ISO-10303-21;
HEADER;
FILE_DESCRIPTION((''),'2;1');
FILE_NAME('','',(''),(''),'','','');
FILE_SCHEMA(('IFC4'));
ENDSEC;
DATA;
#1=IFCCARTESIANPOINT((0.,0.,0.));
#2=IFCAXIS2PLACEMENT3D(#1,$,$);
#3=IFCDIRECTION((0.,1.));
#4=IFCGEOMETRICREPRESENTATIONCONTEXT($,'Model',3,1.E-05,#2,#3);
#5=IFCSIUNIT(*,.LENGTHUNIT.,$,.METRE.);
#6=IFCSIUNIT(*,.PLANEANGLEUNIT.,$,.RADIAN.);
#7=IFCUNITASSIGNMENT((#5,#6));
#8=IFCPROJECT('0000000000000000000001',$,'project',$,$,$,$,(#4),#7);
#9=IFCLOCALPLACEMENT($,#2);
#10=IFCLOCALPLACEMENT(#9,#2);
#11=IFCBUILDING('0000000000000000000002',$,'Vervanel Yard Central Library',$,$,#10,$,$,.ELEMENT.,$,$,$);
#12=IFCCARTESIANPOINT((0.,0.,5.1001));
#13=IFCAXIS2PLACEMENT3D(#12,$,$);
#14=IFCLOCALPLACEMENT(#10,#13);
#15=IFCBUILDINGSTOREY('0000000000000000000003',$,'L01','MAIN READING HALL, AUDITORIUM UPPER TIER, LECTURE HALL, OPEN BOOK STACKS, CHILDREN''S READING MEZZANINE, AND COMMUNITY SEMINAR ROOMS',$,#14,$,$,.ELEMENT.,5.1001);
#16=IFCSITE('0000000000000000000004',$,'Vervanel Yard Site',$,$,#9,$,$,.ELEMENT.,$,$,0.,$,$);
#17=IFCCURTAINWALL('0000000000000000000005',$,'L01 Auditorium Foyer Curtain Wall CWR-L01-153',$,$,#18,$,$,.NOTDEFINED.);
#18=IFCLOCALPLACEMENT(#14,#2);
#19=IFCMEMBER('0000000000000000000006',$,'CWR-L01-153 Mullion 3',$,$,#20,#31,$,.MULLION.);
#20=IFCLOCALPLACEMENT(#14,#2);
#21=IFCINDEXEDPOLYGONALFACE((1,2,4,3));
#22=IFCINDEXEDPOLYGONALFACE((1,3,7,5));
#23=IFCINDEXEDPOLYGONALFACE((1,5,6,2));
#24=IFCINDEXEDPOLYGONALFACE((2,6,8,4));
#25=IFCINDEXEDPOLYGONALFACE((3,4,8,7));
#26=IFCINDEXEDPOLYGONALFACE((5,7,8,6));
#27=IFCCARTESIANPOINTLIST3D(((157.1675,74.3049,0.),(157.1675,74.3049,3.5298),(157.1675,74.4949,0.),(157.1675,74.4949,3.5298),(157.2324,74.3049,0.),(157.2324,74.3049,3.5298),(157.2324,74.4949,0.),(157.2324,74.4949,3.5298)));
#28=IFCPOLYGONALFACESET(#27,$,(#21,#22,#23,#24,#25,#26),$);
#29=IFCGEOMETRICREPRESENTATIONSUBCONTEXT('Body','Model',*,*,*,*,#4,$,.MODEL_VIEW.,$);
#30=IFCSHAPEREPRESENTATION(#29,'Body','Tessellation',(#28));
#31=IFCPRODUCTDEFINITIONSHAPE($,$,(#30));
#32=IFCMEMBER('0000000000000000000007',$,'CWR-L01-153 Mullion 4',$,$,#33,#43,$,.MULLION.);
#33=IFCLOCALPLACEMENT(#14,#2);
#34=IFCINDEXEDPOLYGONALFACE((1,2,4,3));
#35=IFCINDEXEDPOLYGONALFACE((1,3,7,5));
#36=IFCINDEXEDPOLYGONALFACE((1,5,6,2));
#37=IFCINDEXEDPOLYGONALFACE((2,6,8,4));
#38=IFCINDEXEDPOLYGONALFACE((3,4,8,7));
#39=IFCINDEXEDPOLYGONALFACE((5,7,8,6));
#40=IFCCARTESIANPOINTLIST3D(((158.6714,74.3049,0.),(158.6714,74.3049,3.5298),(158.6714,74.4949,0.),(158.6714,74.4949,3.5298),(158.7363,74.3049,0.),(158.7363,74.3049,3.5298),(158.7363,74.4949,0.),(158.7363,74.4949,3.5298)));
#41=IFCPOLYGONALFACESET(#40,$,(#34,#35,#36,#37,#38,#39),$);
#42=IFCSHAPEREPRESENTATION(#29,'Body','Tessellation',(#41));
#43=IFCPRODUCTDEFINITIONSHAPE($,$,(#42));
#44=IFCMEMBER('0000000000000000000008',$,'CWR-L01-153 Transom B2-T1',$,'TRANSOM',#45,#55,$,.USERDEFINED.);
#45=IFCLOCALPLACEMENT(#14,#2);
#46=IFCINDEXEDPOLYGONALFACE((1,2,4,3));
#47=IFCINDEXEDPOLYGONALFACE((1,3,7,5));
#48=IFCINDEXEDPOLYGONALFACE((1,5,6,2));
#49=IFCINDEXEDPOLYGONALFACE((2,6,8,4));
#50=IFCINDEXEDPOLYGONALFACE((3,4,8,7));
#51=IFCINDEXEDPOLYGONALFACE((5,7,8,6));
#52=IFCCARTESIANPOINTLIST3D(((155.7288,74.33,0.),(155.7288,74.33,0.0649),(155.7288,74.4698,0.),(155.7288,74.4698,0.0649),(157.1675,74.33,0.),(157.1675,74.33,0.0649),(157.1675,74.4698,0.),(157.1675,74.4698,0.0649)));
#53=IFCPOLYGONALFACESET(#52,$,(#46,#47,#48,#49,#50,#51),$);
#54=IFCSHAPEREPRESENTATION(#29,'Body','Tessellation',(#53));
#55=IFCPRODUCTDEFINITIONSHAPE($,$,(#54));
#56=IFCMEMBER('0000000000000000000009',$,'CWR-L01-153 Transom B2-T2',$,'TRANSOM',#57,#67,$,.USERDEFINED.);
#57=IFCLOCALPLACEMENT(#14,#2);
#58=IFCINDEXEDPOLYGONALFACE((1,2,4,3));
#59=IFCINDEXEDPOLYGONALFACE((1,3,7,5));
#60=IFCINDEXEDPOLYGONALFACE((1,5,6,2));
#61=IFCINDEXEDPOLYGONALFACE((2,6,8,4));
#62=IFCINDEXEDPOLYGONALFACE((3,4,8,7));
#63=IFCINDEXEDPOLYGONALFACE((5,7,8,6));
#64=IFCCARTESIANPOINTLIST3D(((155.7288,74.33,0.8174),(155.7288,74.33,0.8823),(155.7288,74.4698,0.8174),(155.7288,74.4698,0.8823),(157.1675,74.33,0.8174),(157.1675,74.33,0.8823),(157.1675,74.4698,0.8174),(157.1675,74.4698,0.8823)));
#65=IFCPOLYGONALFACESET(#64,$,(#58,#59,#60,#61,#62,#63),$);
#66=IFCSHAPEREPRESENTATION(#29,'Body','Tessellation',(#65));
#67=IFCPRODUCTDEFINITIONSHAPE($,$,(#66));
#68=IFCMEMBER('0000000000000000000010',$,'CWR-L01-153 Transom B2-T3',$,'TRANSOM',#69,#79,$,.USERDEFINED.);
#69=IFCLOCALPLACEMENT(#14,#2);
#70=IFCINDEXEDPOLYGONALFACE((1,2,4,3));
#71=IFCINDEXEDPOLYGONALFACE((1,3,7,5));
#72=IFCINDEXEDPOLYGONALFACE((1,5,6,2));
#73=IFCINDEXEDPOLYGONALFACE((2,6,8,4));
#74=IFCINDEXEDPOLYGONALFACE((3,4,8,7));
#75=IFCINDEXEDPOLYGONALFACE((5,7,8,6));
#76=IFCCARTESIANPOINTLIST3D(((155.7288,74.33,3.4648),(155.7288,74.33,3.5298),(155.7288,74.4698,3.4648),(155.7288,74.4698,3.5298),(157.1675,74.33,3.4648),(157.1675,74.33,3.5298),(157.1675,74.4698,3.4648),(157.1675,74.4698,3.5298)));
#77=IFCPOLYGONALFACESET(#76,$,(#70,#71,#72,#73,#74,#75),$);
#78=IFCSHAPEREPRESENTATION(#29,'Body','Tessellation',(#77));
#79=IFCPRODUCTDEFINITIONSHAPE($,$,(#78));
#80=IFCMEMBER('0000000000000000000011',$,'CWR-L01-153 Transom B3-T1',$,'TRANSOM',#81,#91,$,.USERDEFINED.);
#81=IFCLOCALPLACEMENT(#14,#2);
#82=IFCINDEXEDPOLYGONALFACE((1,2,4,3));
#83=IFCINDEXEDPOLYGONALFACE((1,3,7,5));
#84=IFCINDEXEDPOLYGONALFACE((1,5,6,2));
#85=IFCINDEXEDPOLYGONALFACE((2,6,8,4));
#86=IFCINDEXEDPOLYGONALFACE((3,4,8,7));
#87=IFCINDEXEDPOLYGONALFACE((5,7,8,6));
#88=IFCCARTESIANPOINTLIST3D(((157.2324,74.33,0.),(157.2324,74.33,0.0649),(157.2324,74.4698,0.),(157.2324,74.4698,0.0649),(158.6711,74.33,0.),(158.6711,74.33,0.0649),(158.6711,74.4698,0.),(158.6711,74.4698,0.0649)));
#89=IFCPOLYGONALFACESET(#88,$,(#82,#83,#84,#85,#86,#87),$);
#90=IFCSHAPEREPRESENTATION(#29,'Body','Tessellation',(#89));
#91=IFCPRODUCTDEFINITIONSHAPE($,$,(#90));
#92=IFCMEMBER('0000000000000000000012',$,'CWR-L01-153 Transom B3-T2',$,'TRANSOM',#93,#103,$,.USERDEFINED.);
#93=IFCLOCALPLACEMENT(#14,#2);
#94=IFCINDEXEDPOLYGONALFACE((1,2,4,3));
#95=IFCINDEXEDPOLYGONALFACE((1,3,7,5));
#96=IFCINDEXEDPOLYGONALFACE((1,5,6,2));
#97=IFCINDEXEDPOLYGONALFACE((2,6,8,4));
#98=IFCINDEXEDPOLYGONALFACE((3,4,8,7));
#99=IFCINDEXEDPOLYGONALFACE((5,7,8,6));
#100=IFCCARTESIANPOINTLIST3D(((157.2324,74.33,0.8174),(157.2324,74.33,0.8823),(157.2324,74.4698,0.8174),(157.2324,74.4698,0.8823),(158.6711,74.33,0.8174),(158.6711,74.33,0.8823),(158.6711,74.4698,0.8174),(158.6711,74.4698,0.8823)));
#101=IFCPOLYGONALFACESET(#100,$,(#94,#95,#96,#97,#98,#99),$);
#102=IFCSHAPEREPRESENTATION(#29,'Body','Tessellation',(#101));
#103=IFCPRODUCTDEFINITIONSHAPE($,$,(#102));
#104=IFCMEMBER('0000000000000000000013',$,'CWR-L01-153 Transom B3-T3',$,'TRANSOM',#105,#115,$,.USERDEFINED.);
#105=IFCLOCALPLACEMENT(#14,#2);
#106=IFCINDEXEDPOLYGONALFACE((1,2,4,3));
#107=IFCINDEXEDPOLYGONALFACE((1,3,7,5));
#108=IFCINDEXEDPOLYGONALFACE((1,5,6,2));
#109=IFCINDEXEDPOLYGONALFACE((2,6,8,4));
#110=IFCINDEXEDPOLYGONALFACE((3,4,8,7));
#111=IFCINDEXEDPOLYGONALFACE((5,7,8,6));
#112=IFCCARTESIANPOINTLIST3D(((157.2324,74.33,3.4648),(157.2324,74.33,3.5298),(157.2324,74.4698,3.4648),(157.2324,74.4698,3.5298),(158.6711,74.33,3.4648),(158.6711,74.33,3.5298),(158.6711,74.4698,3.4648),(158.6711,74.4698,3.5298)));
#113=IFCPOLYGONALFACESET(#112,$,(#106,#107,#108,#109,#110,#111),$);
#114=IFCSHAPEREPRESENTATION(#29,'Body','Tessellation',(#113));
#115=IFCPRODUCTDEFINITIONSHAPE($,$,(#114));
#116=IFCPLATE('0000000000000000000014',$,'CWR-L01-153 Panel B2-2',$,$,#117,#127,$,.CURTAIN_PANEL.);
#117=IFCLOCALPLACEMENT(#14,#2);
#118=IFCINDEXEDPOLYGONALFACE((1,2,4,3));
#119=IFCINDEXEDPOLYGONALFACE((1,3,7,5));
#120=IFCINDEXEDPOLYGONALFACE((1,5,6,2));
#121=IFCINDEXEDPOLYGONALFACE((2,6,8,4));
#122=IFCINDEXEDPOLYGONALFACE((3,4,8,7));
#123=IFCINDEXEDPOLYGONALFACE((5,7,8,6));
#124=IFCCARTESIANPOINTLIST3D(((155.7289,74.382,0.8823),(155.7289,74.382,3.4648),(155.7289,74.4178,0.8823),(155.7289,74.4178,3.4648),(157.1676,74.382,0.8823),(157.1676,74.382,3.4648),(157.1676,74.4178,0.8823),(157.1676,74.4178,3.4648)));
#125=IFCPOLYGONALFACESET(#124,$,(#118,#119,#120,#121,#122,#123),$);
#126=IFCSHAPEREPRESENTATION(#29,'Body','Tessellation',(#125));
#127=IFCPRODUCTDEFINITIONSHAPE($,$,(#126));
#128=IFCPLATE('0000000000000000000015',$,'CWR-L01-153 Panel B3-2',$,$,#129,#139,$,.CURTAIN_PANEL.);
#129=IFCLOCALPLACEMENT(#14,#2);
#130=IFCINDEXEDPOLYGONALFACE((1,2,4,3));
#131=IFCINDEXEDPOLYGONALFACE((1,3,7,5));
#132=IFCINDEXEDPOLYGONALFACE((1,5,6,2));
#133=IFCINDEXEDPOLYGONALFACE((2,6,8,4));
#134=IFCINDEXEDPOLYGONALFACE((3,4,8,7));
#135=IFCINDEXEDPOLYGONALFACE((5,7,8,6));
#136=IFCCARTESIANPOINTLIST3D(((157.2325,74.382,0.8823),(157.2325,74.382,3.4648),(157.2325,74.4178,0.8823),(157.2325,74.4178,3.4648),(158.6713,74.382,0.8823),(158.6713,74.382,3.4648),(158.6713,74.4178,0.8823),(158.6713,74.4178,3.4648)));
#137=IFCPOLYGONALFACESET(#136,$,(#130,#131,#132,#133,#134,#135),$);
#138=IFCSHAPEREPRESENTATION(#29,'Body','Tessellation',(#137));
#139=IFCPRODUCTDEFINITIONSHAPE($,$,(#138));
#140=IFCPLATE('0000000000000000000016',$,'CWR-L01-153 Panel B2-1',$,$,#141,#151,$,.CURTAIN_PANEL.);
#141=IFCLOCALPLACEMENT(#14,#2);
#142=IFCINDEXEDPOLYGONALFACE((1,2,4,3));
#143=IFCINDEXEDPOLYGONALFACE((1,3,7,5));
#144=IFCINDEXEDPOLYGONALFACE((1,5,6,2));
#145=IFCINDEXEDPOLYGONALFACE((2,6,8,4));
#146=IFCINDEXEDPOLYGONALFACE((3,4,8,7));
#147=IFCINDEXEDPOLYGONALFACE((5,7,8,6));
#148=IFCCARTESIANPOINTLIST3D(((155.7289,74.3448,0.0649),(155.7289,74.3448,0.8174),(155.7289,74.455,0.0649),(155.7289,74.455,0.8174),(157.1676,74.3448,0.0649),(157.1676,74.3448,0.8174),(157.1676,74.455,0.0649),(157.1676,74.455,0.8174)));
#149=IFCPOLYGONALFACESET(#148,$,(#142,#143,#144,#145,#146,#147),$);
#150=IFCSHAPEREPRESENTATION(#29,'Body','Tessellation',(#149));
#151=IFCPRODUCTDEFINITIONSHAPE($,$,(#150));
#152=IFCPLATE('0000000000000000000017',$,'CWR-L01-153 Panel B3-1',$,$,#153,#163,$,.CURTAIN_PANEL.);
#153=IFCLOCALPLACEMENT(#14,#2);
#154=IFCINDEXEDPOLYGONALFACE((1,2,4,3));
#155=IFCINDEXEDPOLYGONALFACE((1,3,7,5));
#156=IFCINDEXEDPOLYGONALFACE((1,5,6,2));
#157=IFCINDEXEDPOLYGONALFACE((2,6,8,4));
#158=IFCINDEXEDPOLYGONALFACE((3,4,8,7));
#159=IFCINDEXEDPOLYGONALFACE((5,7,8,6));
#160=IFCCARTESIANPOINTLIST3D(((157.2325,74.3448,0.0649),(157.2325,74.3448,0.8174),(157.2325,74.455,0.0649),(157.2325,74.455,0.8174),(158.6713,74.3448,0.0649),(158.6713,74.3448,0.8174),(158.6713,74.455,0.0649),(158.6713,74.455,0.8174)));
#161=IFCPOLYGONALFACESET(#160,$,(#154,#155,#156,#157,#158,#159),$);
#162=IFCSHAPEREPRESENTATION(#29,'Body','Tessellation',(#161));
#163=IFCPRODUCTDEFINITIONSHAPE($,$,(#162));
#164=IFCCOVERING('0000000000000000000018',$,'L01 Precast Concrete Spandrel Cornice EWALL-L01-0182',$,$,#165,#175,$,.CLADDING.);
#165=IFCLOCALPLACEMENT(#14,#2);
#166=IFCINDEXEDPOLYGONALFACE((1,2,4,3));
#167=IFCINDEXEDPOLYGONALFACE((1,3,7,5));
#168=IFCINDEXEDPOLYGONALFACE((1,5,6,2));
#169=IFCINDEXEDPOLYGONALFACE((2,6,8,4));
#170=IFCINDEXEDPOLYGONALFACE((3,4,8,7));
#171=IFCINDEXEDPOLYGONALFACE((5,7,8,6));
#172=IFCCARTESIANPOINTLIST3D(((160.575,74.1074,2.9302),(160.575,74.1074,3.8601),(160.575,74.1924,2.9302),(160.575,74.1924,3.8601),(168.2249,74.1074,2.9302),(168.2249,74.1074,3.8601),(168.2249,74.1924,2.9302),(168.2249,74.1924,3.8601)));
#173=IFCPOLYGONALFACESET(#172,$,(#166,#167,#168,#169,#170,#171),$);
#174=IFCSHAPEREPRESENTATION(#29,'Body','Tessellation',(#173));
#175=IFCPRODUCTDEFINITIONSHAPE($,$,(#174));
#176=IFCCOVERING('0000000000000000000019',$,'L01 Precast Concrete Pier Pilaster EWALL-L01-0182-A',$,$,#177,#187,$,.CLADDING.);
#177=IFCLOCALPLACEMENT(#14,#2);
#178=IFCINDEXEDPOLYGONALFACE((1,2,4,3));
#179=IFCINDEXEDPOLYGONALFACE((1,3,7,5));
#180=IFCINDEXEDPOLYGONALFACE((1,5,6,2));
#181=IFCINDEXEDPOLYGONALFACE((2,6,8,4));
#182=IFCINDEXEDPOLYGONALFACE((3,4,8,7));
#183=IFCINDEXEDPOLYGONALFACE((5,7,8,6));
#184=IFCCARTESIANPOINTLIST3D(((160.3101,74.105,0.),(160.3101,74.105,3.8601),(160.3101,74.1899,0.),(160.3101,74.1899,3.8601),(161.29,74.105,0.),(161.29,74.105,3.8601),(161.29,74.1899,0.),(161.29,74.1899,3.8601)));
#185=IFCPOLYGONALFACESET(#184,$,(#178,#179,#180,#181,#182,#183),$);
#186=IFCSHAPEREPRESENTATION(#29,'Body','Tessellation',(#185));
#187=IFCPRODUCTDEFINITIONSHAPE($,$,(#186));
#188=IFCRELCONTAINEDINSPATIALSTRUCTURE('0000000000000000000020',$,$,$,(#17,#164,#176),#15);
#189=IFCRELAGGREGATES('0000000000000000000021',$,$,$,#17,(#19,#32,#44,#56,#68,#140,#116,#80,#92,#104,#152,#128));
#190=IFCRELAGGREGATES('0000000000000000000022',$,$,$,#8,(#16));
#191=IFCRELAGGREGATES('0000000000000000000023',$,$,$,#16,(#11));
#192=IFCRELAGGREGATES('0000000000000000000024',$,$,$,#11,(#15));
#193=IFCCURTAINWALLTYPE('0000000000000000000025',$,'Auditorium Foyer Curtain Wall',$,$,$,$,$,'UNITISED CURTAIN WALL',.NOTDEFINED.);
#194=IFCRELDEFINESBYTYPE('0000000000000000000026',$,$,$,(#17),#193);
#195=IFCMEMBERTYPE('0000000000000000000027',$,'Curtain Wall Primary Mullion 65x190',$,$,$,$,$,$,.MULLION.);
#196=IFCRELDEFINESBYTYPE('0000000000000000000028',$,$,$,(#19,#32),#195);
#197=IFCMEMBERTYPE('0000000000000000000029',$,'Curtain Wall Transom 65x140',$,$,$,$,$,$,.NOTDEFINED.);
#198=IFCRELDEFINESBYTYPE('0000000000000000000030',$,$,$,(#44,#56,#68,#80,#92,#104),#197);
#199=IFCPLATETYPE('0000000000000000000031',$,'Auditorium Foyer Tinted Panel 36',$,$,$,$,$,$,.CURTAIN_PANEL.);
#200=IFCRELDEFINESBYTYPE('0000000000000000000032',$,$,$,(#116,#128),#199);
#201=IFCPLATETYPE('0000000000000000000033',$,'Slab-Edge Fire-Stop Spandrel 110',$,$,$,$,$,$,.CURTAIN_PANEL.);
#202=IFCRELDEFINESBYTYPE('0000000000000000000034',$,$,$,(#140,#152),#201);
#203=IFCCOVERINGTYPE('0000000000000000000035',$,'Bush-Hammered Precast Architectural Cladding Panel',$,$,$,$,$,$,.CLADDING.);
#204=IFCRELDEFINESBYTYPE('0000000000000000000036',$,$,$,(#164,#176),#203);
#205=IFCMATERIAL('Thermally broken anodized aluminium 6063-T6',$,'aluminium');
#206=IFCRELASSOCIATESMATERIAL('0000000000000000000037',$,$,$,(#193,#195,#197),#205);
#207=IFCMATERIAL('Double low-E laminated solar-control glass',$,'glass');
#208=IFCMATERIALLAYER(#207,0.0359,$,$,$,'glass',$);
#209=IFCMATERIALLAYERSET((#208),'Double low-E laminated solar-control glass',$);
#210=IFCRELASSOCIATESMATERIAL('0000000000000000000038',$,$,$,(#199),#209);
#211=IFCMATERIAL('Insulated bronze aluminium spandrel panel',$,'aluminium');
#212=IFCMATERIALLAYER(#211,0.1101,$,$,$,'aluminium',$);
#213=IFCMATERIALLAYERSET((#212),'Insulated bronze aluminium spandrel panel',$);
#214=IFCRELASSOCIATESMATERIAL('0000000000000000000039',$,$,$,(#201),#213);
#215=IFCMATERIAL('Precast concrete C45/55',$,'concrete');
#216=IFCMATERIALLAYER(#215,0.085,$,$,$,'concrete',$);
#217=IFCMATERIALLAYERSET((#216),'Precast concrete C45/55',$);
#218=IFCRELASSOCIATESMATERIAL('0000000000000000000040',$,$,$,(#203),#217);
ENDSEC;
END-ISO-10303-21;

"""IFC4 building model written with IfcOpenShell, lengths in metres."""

from ifc_helpers import new_model, si_unit, direction, frame, origin, origin_2d, place, context, subcontext, project, spatial, rectangle, extrude, material, layer, layer_set, material_profile, profile_set, type_object, element, aggregate, save


model = new_model("IFC4")

# Units and contexts
model_context = context("Model", 3, precision=1e-05, world=origin(), true_north=direction((0.0, 1.0)))
body_context = subcontext(model_context, "Body", "Model", "MODEL_VIEW")
ifc_project = project(units=[si_unit("LENGTHUNIT", "METRE"), si_unit("PLANEANGLEUNIT", "RADIAN")], contexts=[model_context])

# Site, building, storey
site_placement = place(None, origin())
site = spatial("IfcSite", under=ifc_project, at=site_placement, Name="Vervanel Yard Site", CompositionType="ELEMENT", RefElevation=0.0)
building_placement = place(site_placement, origin())
building = spatial("IfcBuilding", under=site, at=building_placement, Name="Vervanel Yard Central Library", CompositionType="ELEMENT")
storey_placement = place(building_placement, frame((0.0, 0.0, 5.1001)))
storey = spatial("IfcBuildingStorey", under=building, at=storey_placement, Name="L01", Description="MAIN READING HALL, AUDITORIUM UPPER TIER, LECTURE HALL, OPEN BOOK STACKS, CHILDREN'S READING MEZZANINE, AND COMMUNITY SEMINAR ROOMS", CompositionType="ELEMENT", Elevation=5.1001)

# Curtain wall, members, plates
ifc_material_1 = material(Name="Thermally broken anodized aluminium 6063-T6", Category="aluminium")
curtain_wall_type = type_object("IfcCurtainWallType", Name="Auditorium Foyer Curtain Wall", ElementType="UNITISED CURTAIN WALL", PredefinedType="NOTDEFINED", material=ifc_material_1)
curtain_wall_placement = place(storey_placement, origin())
curtain_wall = element("IfcCurtainWall", 1, at=curtain_wall_placement, inside=storey, type_object=curtain_wall_type, Name="L01 Auditorium Foyer Curtain Wall CWR-L01-153", PredefinedType="NOTDEFINED")
ifc_material_profile_1 = material_profile(ifc_material_1, rectangle(XDim=0.0649, YDim=0.1899, at=origin_2d()), Name="ALU 65x190", Category="aluminium")
ifc_profile_set_1 = profile_set([ifc_material_profile_1], Name="Thermally broken anodized aluminium 6063-T6")
member_type_1 = type_object("IfcMemberType", Name="Curtain Wall Primary Mullion 65x190", PredefinedType="MULLION", material=ifc_profile_set_1)
member_1_placement = place(storey_placement, frame((157.2, 74.3999, 0.0), z_axis=(0.0, 0.0, 1.0), x_axis=(1.0, 0.0, 0.0)))
member_1 = element("IfcMember", 2, at=member_1_placement, type_object=member_type_1, Name="CWR-L01-153 Mullion 3", PredefinedType="MULLION", context=body_context, shape_type="SweptSolid", body=[
    extrude(rectangle(XDim=0.0649, YDim=0.1899, at=origin_2d()), origin(), (0.0, 0.0, 1.0), 3.5298),
])
member_2_placement = place(storey_placement, frame((158.7039, 74.3999, 0.0), z_axis=(0.0, 0.0, 1.0), x_axis=(1.0, 0.0, 0.0)))
member_2 = element("IfcMember", 3, at=member_2_placement, type_object=member_type_1, Name="CWR-L01-153 Mullion 4", PredefinedType="MULLION", context=body_context, shape_type="SweptSolid", body=[
    extrude(rectangle(XDim=0.0649, YDim=0.1899, at=origin_2d()), origin(), (0.0, 0.0, 1.0), 3.5298),
])
ifc_material_profile_2 = material_profile(ifc_material_1, rectangle(XDim=0.0649, YDim=0.1399, at=origin_2d()), Name="ALU 65x140", Category="aluminium")
ifc_profile_set_2 = profile_set([ifc_material_profile_2], Name="Thermally broken anodized aluminium 6063-T6")
member_type_2 = type_object("IfcMemberType", Name="Curtain Wall Transom 65x140", PredefinedType="NOTDEFINED", material=ifc_profile_set_2)
member_3_placement = place(storey_placement, frame((155.7288, 74.3999, 0.0325), z_axis=(1.0, 0.0, 0.0), x_axis=(0.0, 0.0, 1.0)))
member_3 = element("IfcMember", 4, at=member_3_placement, type_object=member_type_2, Name="CWR-L01-153 Transom B2-T1", ObjectType="TRANSOM", PredefinedType="USERDEFINED", context=body_context, shape_type="SweptSolid", body=[
    extrude(rectangle(XDim=0.0649, YDim=0.1399, at=origin_2d()), origin(), (0.0, 0.0, 1.0), 1.4387),
])
member_4_placement = place(storey_placement, frame((155.7288, 74.3999, 0.8499), z_axis=(1.0, 0.0, 0.0), x_axis=(0.0, 0.0, 1.0)))
member_4 = element("IfcMember", 5, at=member_4_placement, type_object=member_type_2, Name="CWR-L01-153 Transom B2-T2", ObjectType="TRANSOM", PredefinedType="USERDEFINED", context=body_context, shape_type="SweptSolid", body=[
    extrude(rectangle(XDim=0.0649, YDim=0.1399, at=origin_2d()), origin(), (0.0, 0.0, 1.0), 1.4387),
])
member_5_placement = place(storey_placement, frame((155.7288, 74.3999, 3.4973), z_axis=(1.0, 0.0, 0.0), x_axis=(0.0, 0.0, 1.0)))
member_5 = element("IfcMember", 6, at=member_5_placement, type_object=member_type_2, Name="CWR-L01-153 Transom B2-T3", ObjectType="TRANSOM", PredefinedType="USERDEFINED", context=body_context, shape_type="SweptSolid", body=[
    extrude(rectangle(XDim=0.0649, YDim=0.1399, at=origin_2d()), origin(), (0.0, 0.0, 1.0), 1.4387),
])
member_6_placement = place(storey_placement, frame((157.2324, 74.3999, 0.0325), z_axis=(1.0, 0.0, 0.0), x_axis=(0.0, 0.0, 1.0)))
member_6 = element("IfcMember", 7, at=member_6_placement, type_object=member_type_2, Name="CWR-L01-153 Transom B3-T1", ObjectType="TRANSOM", PredefinedType="USERDEFINED", context=body_context, shape_type="SweptSolid", body=[
    extrude(rectangle(XDim=0.0649, YDim=0.1399, at=origin_2d()), origin(), (0.0, 0.0, 1.0), 1.4387),
])
member_7_placement = place(storey_placement, frame((157.2324, 74.3999, 0.8499), z_axis=(1.0, 0.0, 0.0), x_axis=(0.0, 0.0, 1.0)))
member_7 = element("IfcMember", 8, at=member_7_placement, type_object=member_type_2, Name="CWR-L01-153 Transom B3-T2", ObjectType="TRANSOM", PredefinedType="USERDEFINED", context=body_context, shape_type="SweptSolid", body=[
    extrude(rectangle(XDim=0.0649, YDim=0.1399, at=origin_2d()), origin(), (0.0, 0.0, 1.0), 1.4387),
])
member_8_placement = place(storey_placement, frame((157.2324, 74.3999, 3.4973), z_axis=(1.0, 0.0, 0.0), x_axis=(0.0, 0.0, 1.0)))
member_8 = element("IfcMember", 9, at=member_8_placement, type_object=member_type_2, Name="CWR-L01-153 Transom B3-T3", ObjectType="TRANSOM", PredefinedType="USERDEFINED", context=body_context, shape_type="SweptSolid", body=[
    extrude(rectangle(XDim=0.0649, YDim=0.1399, at=origin_2d()), origin(), (0.0, 0.0, 1.0), 1.4387),
])
ifc_material_2 = material(Name="Double low-E laminated solar-control glass", Category="glass")
ifc_layer_1 = layer(ifc_material_2, 0.0359, Category="glass")
ifc_layer_set_1 = layer_set([ifc_layer_1], Name="Double low-E laminated solar-control glass")
plate_type_1 = type_object("IfcPlateType", Name="Auditorium Foyer Tinted Panel 36", PredefinedType="CURTAIN_PANEL", material=ifc_layer_set_1)
plate_1_placement = place(storey_placement, frame((156.4482, 74.3999, 0.8823), z_axis=(0.0, 0.0, 1.0), x_axis=(1.0, 0.0, 0.0)))
plate_1 = element("IfcPlate", 10, at=plate_1_placement, type_object=plate_type_1, Name="CWR-L01-153 Panel B2-2", PredefinedType="CURTAIN_PANEL", context=body_context, shape_type="SweptSolid", body=[
    extrude(rectangle(XDim=1.4387, YDim=0.0359, at=origin_2d()), origin(), (0.0, 0.0, 1.0), 2.5825),
])
plate_2_placement = place(storey_placement, frame((157.9519, 74.3999, 0.8823), z_axis=(0.0, 0.0, 1.0), x_axis=(1.0, 0.0, 0.0)))
plate_2 = element("IfcPlate", 11, at=plate_2_placement, type_object=plate_type_1, Name="CWR-L01-153 Panel B3-2", PredefinedType="CURTAIN_PANEL", context=body_context, shape_type="SweptSolid", body=[
    extrude(rectangle(XDim=1.4387, YDim=0.0359, at=origin_2d()), origin(), (0.0, 0.0, 1.0), 2.5825),
])
ifc_material_3 = material(Name="Insulated bronze aluminium spandrel panel", Category="aluminium")
ifc_layer_2 = layer(ifc_material_3, 0.1101, Category="aluminium")
ifc_layer_set_2 = layer_set([ifc_layer_2], Name="Insulated bronze aluminium spandrel panel")
plate_type_2 = type_object("IfcPlateType", Name="Slab-Edge Fire-Stop Spandrel 110", PredefinedType="CURTAIN_PANEL", material=ifc_layer_set_2)
plate_3_placement = place(storey_placement, frame((156.4482, 74.3999, 0.0649), z_axis=(0.0, 0.0, 1.0), x_axis=(1.0, 0.0, 0.0)))
plate_3 = element("IfcPlate", 12, at=plate_3_placement, type_object=plate_type_2, Name="CWR-L01-153 Panel B2-1", PredefinedType="CURTAIN_PANEL", context=body_context, shape_type="SweptSolid", body=[
    extrude(rectangle(XDim=1.4387, YDim=0.1101, at=origin_2d()), origin(), (0.0, 0.0, 1.0), 0.7524),
])
plate_4_placement = place(storey_placement, frame((157.9519, 74.3999, 0.0649), z_axis=(0.0, 0.0, 1.0), x_axis=(1.0, 0.0, 0.0)))
plate_4 = element("IfcPlate", 13, at=plate_4_placement, type_object=plate_type_2, Name="CWR-L01-153 Panel B3-1", PredefinedType="CURTAIN_PANEL", context=body_context, shape_type="SweptSolid", body=[
    extrude(rectangle(XDim=1.4387, YDim=0.1101, at=origin_2d()), origin(), (0.0, 0.0, 1.0), 0.7524),
])
aggregate(curtain_wall, [member_1, member_2, member_3, member_4, member_5, plate_3, plate_1, member_6, member_7, member_8, plate_4, plate_2])

# Coverings
ifc_material_4 = material(Name="Precast concrete C45/55", Category="concrete")
ifc_layer_3 = layer(ifc_material_4, 0.085, Category="concrete")
ifc_layer_set_3 = layer_set([ifc_layer_3], Name="Precast concrete C45/55")
covering_type = type_object("IfcCoveringType", Name="Bush-Hammered Precast Architectural Cladding Panel", PredefinedType="CLADDING", material=ifc_layer_set_3)
covering_placement = place(storey_placement, frame((164.3999, 74.1499, 2.9302), z_axis=(0.0, 0.0, 1.0), x_axis=(1.0, 0.0, 0.0)))
element("IfcCovering", 14, at=covering_placement, inside=storey, type_object=covering_type, Name="L01 Precast Concrete Spandrel Cornice EWALL-L01-0182", PredefinedType="CLADDING", context=body_context, shape_type="SweptSolid", body=[
    extrude(rectangle(XDim=7.6499, YDim=0.085, at=origin_2d()), origin(), (0.0, 0.0, 1.0), 0.9299),
])
for number, where, z_axis, x_axis, name in (
    (15, (160.8, 74.1475, 0.0), (0.0, 0.0, 1.0), (1.0, 0.0, 0.0), "L01 Precast Concrete Pier Pilaster EWALL-L01-0182-A"),
):
    element("IfcCovering", number, at=place(storey_placement, frame(where, z_axis=z_axis, x_axis=x_axis)), inside=storey, type_object=covering_type, Name=name, PredefinedType="CLADDING", context=body_context, shape_type="SweptSolid", body=[
        extrude(rectangle(XDim=0.98, YDim=0.085, at=origin_2d()), origin(), (0.0, 0.0, 1.0), 3.8601),
    ])

save(model, "model.ifc")
